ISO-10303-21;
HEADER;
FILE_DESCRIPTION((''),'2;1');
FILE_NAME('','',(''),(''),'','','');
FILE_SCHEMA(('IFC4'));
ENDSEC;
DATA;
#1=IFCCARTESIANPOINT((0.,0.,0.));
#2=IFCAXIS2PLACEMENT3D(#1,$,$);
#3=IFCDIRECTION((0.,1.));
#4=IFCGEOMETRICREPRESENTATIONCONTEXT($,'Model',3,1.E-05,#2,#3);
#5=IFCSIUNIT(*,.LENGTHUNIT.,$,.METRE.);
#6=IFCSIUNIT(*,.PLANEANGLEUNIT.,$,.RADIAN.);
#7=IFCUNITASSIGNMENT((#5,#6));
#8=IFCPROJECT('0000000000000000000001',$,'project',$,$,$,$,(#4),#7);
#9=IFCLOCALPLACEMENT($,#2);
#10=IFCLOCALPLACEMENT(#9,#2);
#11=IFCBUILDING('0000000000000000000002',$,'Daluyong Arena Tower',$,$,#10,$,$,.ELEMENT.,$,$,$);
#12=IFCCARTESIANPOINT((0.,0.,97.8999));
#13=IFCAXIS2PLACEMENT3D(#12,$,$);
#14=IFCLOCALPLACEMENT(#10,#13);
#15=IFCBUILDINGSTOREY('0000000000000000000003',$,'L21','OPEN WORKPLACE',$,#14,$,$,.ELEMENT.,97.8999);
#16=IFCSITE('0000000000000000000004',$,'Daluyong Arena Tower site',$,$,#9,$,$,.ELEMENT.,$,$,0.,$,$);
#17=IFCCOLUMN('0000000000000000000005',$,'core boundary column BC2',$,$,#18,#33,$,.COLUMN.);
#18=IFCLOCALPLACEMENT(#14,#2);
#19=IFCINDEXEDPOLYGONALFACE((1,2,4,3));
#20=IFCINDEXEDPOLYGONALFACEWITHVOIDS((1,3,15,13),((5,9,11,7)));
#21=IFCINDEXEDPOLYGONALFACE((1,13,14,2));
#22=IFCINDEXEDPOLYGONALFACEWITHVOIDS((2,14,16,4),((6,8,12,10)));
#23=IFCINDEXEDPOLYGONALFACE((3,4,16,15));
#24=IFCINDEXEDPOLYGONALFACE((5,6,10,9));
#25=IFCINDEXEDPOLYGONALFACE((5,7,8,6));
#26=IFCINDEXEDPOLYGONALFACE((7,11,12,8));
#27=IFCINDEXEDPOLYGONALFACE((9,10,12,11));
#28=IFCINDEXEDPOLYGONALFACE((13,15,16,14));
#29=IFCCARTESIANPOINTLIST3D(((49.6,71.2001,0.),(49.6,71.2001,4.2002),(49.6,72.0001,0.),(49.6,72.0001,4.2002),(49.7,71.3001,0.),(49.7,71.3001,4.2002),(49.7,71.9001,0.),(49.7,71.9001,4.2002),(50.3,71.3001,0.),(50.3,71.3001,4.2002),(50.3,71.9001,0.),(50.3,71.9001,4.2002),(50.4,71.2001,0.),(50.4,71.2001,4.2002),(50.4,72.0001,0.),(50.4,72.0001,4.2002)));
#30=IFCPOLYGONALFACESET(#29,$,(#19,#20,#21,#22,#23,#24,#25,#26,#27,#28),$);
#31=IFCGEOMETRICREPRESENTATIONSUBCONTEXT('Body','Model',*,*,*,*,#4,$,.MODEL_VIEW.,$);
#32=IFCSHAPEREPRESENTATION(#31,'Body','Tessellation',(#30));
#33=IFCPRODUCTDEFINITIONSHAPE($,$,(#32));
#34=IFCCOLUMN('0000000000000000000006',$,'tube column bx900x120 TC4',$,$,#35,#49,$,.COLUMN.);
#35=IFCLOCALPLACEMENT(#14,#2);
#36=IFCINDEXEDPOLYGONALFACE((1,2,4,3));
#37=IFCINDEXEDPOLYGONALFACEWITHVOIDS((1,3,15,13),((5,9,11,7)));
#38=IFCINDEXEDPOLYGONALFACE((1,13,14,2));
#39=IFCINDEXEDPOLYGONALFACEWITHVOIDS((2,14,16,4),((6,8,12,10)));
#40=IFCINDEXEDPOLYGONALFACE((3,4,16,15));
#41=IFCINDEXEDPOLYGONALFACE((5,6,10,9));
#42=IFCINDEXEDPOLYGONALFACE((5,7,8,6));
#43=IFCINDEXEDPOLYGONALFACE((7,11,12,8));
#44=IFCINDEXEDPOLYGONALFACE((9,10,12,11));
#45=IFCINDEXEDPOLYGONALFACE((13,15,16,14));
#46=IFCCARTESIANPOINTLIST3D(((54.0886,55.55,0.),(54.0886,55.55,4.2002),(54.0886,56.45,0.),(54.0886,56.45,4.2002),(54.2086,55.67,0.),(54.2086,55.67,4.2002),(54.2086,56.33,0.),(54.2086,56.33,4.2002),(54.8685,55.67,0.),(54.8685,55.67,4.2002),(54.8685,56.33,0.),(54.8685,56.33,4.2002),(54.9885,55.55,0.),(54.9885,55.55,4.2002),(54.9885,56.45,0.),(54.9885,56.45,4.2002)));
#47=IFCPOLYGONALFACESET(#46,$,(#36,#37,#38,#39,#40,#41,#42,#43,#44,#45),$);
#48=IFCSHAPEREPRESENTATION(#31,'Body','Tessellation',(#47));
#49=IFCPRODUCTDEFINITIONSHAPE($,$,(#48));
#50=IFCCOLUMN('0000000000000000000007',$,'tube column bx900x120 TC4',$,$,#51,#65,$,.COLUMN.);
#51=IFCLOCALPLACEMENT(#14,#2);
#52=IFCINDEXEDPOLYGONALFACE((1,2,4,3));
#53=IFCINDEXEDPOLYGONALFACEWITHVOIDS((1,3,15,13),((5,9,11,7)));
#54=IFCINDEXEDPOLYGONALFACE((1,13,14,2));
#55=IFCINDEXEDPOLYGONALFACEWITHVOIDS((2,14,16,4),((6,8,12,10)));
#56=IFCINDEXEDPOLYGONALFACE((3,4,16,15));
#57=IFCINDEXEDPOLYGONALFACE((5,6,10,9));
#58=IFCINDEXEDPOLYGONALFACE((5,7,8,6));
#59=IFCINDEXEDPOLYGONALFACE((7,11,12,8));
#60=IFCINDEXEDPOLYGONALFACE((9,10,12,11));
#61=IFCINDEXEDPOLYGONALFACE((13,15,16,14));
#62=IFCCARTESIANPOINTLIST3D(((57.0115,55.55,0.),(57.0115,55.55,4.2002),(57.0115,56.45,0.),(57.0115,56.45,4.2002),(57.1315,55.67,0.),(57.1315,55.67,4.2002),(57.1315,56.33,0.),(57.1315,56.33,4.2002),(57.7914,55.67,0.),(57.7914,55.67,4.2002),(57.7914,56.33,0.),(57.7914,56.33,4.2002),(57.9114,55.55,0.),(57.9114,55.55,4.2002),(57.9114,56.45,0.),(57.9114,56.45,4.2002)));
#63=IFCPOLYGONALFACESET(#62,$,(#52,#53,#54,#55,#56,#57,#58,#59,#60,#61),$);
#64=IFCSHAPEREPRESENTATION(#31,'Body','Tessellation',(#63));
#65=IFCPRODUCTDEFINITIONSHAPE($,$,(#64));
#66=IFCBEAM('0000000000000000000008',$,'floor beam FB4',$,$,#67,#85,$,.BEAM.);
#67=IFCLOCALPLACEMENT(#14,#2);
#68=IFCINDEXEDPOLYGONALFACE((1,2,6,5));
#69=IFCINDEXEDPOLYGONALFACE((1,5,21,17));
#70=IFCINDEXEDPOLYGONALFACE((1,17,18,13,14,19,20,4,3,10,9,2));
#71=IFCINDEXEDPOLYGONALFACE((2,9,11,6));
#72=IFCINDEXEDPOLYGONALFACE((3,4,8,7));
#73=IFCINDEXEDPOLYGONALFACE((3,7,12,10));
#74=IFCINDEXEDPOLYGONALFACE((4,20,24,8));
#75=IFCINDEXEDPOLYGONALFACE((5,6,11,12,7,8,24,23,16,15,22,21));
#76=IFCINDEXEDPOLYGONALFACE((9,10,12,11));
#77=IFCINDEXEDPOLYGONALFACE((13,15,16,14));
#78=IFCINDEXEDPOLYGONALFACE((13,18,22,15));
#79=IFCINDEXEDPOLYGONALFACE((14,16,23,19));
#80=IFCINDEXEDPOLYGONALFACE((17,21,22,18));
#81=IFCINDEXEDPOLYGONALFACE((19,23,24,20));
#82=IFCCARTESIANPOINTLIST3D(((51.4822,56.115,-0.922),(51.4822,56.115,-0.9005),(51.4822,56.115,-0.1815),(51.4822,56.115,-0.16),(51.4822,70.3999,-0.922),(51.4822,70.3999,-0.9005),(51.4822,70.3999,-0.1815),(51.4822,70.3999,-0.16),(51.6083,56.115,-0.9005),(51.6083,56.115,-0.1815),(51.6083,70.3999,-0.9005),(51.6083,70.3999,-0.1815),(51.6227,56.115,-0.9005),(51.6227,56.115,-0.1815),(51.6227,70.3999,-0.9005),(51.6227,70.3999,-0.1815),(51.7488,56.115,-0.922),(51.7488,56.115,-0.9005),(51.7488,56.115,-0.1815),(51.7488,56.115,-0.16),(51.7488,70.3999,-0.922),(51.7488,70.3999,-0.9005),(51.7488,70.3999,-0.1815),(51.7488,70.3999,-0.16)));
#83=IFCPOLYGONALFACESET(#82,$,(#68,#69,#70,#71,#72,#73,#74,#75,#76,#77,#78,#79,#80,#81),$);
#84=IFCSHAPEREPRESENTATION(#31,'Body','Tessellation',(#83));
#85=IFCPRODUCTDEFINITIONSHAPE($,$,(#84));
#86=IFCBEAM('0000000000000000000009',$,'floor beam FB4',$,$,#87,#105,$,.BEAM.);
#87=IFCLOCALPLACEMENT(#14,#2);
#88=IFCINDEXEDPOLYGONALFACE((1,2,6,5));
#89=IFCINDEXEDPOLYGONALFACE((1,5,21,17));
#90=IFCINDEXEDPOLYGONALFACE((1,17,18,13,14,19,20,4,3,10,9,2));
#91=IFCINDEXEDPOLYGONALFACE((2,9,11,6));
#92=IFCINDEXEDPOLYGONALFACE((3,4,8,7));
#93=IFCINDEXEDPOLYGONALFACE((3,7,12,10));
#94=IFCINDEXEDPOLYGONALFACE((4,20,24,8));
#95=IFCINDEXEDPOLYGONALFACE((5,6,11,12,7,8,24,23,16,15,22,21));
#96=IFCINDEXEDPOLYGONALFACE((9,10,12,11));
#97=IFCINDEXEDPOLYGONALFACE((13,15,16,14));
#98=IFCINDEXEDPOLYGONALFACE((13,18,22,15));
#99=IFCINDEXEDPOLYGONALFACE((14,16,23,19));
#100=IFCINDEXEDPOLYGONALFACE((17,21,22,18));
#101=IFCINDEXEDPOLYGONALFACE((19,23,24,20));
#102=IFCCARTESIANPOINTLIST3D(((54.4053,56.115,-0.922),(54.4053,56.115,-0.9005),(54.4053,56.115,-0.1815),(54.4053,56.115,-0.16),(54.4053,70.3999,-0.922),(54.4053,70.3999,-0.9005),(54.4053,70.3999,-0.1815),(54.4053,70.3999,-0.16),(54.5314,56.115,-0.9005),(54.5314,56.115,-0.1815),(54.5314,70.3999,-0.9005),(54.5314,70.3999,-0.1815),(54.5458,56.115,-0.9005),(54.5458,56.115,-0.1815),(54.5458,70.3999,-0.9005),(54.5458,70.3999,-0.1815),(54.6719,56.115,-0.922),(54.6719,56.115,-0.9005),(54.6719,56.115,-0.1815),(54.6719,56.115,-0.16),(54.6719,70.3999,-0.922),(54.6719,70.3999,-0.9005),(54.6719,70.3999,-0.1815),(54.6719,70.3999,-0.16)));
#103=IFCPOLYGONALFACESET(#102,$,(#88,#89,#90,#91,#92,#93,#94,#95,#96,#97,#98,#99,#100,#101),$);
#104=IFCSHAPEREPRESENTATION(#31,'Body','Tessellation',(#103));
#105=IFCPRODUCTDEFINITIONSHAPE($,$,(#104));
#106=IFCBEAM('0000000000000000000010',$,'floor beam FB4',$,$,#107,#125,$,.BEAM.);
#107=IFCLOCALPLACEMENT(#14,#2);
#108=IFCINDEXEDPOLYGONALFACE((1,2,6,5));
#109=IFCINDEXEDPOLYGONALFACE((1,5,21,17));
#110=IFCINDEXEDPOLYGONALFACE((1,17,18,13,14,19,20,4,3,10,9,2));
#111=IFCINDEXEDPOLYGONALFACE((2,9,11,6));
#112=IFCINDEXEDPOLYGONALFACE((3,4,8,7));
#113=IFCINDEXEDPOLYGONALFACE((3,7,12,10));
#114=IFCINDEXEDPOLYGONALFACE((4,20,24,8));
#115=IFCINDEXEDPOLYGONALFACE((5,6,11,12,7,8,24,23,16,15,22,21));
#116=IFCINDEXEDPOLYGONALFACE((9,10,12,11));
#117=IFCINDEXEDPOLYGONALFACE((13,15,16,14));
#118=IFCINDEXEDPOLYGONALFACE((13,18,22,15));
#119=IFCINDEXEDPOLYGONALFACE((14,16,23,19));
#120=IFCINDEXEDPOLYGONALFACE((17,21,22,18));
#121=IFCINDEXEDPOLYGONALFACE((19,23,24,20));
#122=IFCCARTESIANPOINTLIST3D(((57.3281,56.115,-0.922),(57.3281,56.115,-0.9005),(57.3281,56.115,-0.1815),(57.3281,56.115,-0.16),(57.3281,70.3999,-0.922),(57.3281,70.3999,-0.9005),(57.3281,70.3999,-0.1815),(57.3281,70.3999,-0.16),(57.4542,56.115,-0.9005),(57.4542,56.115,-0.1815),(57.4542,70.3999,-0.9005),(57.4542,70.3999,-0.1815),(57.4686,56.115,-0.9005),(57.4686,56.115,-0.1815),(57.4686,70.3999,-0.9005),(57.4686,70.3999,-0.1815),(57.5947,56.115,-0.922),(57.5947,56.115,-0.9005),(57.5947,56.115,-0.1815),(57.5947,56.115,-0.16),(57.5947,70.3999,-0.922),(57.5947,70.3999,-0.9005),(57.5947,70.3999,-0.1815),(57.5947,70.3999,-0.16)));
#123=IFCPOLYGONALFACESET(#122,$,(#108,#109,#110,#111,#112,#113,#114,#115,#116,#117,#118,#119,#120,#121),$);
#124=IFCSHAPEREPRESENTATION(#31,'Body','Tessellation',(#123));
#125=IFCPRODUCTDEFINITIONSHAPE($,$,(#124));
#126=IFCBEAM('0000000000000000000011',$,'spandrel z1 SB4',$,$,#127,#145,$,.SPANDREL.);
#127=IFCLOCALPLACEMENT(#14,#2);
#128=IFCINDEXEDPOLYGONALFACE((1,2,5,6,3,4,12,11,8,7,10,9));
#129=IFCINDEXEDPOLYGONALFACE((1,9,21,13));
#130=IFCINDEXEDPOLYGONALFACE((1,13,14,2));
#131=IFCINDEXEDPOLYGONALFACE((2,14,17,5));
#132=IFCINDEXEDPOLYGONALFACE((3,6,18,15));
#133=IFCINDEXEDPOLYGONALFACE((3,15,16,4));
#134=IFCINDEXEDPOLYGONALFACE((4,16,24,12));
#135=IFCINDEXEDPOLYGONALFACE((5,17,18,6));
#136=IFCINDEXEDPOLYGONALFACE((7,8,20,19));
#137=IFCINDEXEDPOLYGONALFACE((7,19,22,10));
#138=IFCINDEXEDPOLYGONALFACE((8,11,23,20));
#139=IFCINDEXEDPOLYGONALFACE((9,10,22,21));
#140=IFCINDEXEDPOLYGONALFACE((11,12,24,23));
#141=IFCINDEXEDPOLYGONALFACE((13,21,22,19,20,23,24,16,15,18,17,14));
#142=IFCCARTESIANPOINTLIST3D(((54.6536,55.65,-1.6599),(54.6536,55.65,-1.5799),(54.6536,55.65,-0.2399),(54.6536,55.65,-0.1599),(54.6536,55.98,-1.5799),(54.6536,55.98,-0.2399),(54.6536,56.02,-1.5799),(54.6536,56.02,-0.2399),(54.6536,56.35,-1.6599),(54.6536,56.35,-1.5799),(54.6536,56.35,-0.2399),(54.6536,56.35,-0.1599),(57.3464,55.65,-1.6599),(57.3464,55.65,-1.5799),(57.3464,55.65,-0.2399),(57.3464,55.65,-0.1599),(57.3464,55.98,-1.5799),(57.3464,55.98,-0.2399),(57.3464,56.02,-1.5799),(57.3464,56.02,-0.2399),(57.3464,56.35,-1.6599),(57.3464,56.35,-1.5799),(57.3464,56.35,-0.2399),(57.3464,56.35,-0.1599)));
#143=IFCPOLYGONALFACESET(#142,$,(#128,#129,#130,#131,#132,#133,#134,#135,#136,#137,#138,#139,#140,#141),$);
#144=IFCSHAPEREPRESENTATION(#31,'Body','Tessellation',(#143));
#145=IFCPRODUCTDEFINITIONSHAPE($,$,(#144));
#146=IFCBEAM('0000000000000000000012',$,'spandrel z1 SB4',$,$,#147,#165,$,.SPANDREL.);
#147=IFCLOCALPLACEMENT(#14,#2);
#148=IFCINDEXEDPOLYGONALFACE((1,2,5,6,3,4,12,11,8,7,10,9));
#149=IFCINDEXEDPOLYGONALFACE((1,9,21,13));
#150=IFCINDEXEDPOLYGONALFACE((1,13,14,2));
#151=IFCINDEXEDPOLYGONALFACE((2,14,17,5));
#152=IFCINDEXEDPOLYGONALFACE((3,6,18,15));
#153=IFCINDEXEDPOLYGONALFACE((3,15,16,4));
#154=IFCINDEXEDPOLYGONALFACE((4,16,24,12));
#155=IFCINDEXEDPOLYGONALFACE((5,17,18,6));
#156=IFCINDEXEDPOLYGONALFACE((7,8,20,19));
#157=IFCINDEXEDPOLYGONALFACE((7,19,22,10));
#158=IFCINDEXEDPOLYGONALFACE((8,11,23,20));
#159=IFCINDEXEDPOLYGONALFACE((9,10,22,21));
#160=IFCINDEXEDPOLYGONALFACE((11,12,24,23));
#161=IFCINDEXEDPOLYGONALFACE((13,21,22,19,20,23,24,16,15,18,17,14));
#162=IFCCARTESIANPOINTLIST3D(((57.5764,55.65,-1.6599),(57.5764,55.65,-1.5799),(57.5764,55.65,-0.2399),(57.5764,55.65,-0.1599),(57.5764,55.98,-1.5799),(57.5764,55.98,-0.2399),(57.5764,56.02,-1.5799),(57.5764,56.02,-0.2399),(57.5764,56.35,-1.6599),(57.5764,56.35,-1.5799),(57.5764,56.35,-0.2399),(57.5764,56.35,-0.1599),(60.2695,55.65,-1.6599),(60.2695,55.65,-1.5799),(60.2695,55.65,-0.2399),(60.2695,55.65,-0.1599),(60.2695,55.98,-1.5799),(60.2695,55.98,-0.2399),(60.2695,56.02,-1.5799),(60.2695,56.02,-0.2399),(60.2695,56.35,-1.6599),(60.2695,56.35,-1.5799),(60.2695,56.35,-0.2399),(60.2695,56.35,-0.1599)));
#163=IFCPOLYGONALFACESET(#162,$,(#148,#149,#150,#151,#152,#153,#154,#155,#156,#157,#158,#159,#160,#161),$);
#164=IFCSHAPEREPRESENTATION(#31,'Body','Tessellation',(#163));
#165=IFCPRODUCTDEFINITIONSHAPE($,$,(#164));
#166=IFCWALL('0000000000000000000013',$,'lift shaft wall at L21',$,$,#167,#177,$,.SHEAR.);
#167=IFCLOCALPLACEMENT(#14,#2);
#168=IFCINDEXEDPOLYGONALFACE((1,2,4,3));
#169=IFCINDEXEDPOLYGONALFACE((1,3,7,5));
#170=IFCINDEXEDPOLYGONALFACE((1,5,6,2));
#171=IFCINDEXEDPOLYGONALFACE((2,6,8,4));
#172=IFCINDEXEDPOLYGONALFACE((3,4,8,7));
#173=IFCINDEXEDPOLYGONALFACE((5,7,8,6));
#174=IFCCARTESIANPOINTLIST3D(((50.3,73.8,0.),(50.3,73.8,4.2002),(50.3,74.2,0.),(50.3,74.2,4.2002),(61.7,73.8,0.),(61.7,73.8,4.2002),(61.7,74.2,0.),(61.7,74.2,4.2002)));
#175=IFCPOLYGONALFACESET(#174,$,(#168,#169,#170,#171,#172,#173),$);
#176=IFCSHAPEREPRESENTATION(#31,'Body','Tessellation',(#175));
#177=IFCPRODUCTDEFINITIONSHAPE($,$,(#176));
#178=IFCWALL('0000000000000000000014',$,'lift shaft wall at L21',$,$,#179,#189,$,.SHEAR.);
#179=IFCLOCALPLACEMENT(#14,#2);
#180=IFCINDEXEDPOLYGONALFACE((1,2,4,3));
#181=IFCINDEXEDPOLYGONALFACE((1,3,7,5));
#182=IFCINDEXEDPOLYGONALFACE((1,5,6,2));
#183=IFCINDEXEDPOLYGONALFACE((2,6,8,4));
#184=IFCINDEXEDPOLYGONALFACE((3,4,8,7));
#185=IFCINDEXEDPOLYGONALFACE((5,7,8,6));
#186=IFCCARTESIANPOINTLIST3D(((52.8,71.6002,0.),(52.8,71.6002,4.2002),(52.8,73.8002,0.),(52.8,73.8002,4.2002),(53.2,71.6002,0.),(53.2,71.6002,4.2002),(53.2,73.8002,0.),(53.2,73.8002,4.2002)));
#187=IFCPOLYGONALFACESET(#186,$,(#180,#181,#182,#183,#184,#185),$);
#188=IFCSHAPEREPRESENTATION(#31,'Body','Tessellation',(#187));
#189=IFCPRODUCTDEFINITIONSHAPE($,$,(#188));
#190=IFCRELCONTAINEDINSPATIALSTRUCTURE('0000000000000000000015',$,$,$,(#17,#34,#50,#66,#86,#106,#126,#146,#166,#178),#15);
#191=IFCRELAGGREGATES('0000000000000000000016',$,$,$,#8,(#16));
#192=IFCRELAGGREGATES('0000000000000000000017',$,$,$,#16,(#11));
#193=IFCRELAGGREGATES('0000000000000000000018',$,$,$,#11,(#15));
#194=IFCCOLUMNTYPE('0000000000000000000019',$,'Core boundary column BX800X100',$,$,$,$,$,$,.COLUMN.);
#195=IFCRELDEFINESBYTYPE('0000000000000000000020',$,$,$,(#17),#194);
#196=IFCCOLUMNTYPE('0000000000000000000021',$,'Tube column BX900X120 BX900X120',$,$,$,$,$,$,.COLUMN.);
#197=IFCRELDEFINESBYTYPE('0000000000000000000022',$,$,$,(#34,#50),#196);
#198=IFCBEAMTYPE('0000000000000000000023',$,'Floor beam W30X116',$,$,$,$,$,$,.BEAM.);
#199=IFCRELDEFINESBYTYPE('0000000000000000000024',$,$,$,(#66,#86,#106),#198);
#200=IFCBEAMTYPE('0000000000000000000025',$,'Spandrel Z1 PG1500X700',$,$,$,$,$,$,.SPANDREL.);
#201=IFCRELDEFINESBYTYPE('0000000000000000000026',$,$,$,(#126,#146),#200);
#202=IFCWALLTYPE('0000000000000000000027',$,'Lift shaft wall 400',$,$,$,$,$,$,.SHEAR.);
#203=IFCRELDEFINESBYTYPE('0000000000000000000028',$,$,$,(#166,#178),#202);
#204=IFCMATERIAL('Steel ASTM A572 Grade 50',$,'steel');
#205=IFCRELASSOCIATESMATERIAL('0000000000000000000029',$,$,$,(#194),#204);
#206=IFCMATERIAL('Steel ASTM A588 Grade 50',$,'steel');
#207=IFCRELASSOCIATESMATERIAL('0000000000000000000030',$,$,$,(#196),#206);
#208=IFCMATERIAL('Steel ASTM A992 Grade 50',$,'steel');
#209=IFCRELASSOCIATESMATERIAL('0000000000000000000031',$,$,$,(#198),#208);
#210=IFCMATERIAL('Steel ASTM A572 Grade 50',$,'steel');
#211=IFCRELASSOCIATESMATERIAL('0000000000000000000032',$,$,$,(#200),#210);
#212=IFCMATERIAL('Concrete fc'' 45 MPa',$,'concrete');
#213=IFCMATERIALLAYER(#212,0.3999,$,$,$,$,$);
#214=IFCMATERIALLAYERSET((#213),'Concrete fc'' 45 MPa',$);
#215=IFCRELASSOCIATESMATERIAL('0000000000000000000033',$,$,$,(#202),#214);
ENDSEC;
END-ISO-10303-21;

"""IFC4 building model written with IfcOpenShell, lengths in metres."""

from ifc_helpers import new_model, si_unit, direction, frame, frame_2d, origin, origin_2d, place, context, subcontext, project, spatial, rectangle, hollow_rectangle, i_section, extrude, material, layer, layer_set, material_profile, profile_set, type_object, element, save


model = new_model("IFC4")

# Units and contexts
model_context = context("Model", 3, precision=1e-05, world=origin(), true_north=direction((0.0, 1.0)))
body_context = subcontext(model_context, "Body", "Model", "MODEL_VIEW")
ifc_project = project(units=[si_unit("LENGTHUNIT", "METRE"), si_unit("PLANEANGLEUNIT", "RADIAN")], contexts=[model_context])

# Site, building, storey
site_placement = place(None, origin())
site = spatial("IfcSite", under=ifc_project, at=site_placement, Name="Daluyong Arena Tower site", CompositionType="ELEMENT", RefElevation=0.0)
building_placement = place(site_placement, origin())
building = spatial("IfcBuilding", under=site, at=building_placement, Name="Daluyong Arena Tower", CompositionType="ELEMENT")
storey_placement = place(building_placement, frame((0.0, 0.0, 97.8999)))
storey = spatial("IfcBuildingStorey", under=building, at=storey_placement, Name="L21", Description="OPEN WORKPLACE", CompositionType="ELEMENT", Elevation=97.8999)

# Columns
ifc_material_1 = material(Name="Steel ASTM A572 Grade 50", Category="steel")
ifc_material_profile_1 = material_profile(ifc_material_1, hollow_rectangle(XDim=0.8, YDim=0.8, WallThickness=0.1, at=origin_2d()))
ifc_profile_set_1 = profile_set([ifc_material_profile_1], Name="Steel ASTM A572 Grade 50")
column_type_1 = type_object("IfcColumnType", Name="Core boundary column BX800X100", PredefinedType="COLUMN", material=ifc_profile_set_1)
column_placement = place(storey_placement, frame((50.0, 71.6001, 0.0), z_axis=(0.0, 0.0, 1.0), x_axis=(1.0, 0.0, 0.0)))
element("IfcColumn", 1, at=column_placement, inside=storey, type_object=column_type_1, Name="core boundary column BC2", PredefinedType="COLUMN", context=body_context, shape_type="SweptSolid", body=[
    extrude(hollow_rectangle(XDim=0.8, YDim=0.8, WallThickness=0.1, at=origin_2d()), origin(), (0.0, 0.0, 1.0), 4.2002),
])
ifc_material_2 = material(Name="Steel ASTM A588 Grade 50", Category="steel")
ifc_material_profile_2 = material_profile(ifc_material_2, hollow_rectangle(XDim=0.8999, YDim=0.8999, WallThickness=0.12, at=origin_2d()))
ifc_profile_set_2 = profile_set([ifc_material_profile_2], Name="Steel ASTM A588 Grade 50")
column_type_2 = type_object("IfcColumnType", Name="Tube column BX900X120 BX900X120", PredefinedType="COLUMN", material=ifc_profile_set_2)
for number, where, z_axis, x_axis, name in (
    (2, (54.5386, 56.0, 0.0), (0.0, 0.0, 1.0), (1.0, 0.0, 0.0), "tube column bx900x120 TC4"),
    (3, (57.4614, 56.0, 0.0), (0.0, 0.0, 1.0), (1.0, 0.0, 0.0), "tube column bx900x120 TC4"),
):
    element("IfcColumn", number, at=place(storey_placement, frame(where, z_axis=z_axis, x_axis=x_axis)), inside=storey, type_object=column_type_2, Name=name, PredefinedType="COLUMN", context=body_context, shape_type="SweptSolid", body=[
        extrude(hollow_rectangle(XDim=0.8999, YDim=0.8999, WallThickness=0.12, at=origin_2d()), origin(), (0.0, 0.0, 1.0), 4.2002),
    ])

# Beams
ifc_material_3 = material(Name="Steel ASTM A992 Grade 50", Category="steel")
ifc_material_profile_3 = material_profile(ifc_material_3, i_section(OverallWidth=0.2666, OverallDepth=0.762, WebThickness=0.0144, FlangeThickness=0.0215, at=origin_2d()))
ifc_profile_set_3 = profile_set([ifc_material_profile_3], Name="Steel ASTM A992 Grade 50")
beam_type_1 = type_object("IfcBeamType", Name="Floor beam W30X116", PredefinedType="BEAM", material=ifc_profile_set_3)
for number, where, z_axis, x_axis, name in (
    (4, (51.6155, 56.115, -0.541), (0.0, 1.0, 0.0), (-1.0, 0.0, 0.0), "floor beam FB4"),
    (5, (54.5386, 56.115, -0.541), (0.0, 1.0, 0.0), (-1.0, 0.0, 0.0), "floor beam FB4"),
    (6, (57.4614, 56.115, -0.541), (0.0, 1.0, 0.0), (-1.0, 0.0, 0.0), "floor beam FB4"),
):
    element("IfcBeam", number, at=place(storey_placement, frame(where, z_axis=z_axis, x_axis=x_axis)), inside=storey, type_object=beam_type_1, Name=name, PredefinedType="BEAM", context=body_context, shape_type="SweptSolid", body=[
        extrude(i_section(OverallWidth=0.2666, OverallDepth=0.762, WebThickness=0.0144, FlangeThickness=0.0215, at=origin_2d()), origin(), (0.0, 0.0, 1.0), 14.2849),
    ])
ifc_material_4 = material(Name="Steel ASTM A572 Grade 50", Category="steel")
ifc_material_profile_4 = material_profile(ifc_material_4, i_section(OverallWidth=0.7, OverallDepth=1.5, WebThickness=0.04, FlangeThickness=0.08, at=origin_2d()))
ifc_profile_set_4 = profile_set([ifc_material_profile_4], Name="Steel ASTM A572 Grade 50")
beam_type_2 = type_object("IfcBeamType", Name="Spandrel Z1 PG1500X700", PredefinedType="SPANDREL", material=ifc_profile_set_4)
beam_1_placement = place(storey_placement, frame((54.6536, 56.0, -0.9099), z_axis=(1.0, 0.0, 0.0), x_axis=(0.0, 1.0, 0.0)))
element("IfcBeam", 7, at=beam_1_placement, inside=storey, type_object=beam_type_2, Name="spandrel z1 SB4", PredefinedType="SPANDREL", context=body_context, shape_type="SweptSolid", body=[
    extrude(i_section(OverallWidth=0.7, OverallDepth=1.5, WebThickness=0.04, FlangeThickness=0.08, at=origin_2d()), origin(), (0.0, 0.0, 1.0), 2.6929),
])
beam_2_placement = place(storey_placement, frame((57.5764, 56.0, -0.9099), z_axis=(1.0, 0.0, 0.0), x_axis=(0.0, 1.0, 0.0)))
element("IfcBeam", 8, at=beam_2_placement, inside=storey, type_object=beam_type_2, Name="spandrel z1 SB4", PredefinedType="SPANDREL", context=body_context, shape_type="SweptSolid", body=[
    extrude(i_section(OverallWidth=0.7, OverallDepth=1.5, WebThickness=0.04, FlangeThickness=0.08, at=origin_2d()), origin(), (0.0, 0.0, 1.0), 2.6931),
])

# Walls
ifc_material_5 = material(Name="Concrete fc' 45 MPa", Category="concrete")
ifc_layer_1 = layer(ifc_material_5, 0.3999)
ifc_layer_set_1 = layer_set([ifc_layer_1], Name="Concrete fc' 45 MPa")
wall_type_1 = type_object("IfcWallType", Name="Lift shaft wall 400", PredefinedType="SHEAR", material=ifc_layer_set_1)
wall_1_placement = place(storey_placement, frame((50.3, 74.0, 0.0), z_axis=(0.0, 0.0, 1.0), x_axis=(1.0, 0.0, 0.0)))
element("IfcWall", 9, at=wall_1_placement, inside=storey, type_object=wall_type_1, Name="lift shaft wall at L21", PredefinedType="SHEAR", context=body_context, shape_type="SweptSolid", body=[
    extrude(rectangle(XDim=11.3999, YDim=0.3999, at=frame_2d((5.7, 0.0))), origin(), (0.0, 0.0, 1.0), 4.2002),
])
wall_2_placement = place(storey_placement, frame((53.0, 71.6001, 0.0), z_axis=(0.0, 0.0, 1.0), x_axis=(0.0, 1.0, 0.0)))
element("IfcWall", 10, at=wall_2_placement, inside=storey, type_object=wall_type_1, Name="lift shaft wall at L21", PredefinedType="SHEAR", context=body_context, shape_type="SweptSolid", body=[
    extrude(rectangle(XDim=2.2, YDim=0.3999, at=frame_2d((1.1001, 0.0))), origin(), (0.0, 0.0, 1.0), 4.2002),
])

save(model, "model.ifc")
